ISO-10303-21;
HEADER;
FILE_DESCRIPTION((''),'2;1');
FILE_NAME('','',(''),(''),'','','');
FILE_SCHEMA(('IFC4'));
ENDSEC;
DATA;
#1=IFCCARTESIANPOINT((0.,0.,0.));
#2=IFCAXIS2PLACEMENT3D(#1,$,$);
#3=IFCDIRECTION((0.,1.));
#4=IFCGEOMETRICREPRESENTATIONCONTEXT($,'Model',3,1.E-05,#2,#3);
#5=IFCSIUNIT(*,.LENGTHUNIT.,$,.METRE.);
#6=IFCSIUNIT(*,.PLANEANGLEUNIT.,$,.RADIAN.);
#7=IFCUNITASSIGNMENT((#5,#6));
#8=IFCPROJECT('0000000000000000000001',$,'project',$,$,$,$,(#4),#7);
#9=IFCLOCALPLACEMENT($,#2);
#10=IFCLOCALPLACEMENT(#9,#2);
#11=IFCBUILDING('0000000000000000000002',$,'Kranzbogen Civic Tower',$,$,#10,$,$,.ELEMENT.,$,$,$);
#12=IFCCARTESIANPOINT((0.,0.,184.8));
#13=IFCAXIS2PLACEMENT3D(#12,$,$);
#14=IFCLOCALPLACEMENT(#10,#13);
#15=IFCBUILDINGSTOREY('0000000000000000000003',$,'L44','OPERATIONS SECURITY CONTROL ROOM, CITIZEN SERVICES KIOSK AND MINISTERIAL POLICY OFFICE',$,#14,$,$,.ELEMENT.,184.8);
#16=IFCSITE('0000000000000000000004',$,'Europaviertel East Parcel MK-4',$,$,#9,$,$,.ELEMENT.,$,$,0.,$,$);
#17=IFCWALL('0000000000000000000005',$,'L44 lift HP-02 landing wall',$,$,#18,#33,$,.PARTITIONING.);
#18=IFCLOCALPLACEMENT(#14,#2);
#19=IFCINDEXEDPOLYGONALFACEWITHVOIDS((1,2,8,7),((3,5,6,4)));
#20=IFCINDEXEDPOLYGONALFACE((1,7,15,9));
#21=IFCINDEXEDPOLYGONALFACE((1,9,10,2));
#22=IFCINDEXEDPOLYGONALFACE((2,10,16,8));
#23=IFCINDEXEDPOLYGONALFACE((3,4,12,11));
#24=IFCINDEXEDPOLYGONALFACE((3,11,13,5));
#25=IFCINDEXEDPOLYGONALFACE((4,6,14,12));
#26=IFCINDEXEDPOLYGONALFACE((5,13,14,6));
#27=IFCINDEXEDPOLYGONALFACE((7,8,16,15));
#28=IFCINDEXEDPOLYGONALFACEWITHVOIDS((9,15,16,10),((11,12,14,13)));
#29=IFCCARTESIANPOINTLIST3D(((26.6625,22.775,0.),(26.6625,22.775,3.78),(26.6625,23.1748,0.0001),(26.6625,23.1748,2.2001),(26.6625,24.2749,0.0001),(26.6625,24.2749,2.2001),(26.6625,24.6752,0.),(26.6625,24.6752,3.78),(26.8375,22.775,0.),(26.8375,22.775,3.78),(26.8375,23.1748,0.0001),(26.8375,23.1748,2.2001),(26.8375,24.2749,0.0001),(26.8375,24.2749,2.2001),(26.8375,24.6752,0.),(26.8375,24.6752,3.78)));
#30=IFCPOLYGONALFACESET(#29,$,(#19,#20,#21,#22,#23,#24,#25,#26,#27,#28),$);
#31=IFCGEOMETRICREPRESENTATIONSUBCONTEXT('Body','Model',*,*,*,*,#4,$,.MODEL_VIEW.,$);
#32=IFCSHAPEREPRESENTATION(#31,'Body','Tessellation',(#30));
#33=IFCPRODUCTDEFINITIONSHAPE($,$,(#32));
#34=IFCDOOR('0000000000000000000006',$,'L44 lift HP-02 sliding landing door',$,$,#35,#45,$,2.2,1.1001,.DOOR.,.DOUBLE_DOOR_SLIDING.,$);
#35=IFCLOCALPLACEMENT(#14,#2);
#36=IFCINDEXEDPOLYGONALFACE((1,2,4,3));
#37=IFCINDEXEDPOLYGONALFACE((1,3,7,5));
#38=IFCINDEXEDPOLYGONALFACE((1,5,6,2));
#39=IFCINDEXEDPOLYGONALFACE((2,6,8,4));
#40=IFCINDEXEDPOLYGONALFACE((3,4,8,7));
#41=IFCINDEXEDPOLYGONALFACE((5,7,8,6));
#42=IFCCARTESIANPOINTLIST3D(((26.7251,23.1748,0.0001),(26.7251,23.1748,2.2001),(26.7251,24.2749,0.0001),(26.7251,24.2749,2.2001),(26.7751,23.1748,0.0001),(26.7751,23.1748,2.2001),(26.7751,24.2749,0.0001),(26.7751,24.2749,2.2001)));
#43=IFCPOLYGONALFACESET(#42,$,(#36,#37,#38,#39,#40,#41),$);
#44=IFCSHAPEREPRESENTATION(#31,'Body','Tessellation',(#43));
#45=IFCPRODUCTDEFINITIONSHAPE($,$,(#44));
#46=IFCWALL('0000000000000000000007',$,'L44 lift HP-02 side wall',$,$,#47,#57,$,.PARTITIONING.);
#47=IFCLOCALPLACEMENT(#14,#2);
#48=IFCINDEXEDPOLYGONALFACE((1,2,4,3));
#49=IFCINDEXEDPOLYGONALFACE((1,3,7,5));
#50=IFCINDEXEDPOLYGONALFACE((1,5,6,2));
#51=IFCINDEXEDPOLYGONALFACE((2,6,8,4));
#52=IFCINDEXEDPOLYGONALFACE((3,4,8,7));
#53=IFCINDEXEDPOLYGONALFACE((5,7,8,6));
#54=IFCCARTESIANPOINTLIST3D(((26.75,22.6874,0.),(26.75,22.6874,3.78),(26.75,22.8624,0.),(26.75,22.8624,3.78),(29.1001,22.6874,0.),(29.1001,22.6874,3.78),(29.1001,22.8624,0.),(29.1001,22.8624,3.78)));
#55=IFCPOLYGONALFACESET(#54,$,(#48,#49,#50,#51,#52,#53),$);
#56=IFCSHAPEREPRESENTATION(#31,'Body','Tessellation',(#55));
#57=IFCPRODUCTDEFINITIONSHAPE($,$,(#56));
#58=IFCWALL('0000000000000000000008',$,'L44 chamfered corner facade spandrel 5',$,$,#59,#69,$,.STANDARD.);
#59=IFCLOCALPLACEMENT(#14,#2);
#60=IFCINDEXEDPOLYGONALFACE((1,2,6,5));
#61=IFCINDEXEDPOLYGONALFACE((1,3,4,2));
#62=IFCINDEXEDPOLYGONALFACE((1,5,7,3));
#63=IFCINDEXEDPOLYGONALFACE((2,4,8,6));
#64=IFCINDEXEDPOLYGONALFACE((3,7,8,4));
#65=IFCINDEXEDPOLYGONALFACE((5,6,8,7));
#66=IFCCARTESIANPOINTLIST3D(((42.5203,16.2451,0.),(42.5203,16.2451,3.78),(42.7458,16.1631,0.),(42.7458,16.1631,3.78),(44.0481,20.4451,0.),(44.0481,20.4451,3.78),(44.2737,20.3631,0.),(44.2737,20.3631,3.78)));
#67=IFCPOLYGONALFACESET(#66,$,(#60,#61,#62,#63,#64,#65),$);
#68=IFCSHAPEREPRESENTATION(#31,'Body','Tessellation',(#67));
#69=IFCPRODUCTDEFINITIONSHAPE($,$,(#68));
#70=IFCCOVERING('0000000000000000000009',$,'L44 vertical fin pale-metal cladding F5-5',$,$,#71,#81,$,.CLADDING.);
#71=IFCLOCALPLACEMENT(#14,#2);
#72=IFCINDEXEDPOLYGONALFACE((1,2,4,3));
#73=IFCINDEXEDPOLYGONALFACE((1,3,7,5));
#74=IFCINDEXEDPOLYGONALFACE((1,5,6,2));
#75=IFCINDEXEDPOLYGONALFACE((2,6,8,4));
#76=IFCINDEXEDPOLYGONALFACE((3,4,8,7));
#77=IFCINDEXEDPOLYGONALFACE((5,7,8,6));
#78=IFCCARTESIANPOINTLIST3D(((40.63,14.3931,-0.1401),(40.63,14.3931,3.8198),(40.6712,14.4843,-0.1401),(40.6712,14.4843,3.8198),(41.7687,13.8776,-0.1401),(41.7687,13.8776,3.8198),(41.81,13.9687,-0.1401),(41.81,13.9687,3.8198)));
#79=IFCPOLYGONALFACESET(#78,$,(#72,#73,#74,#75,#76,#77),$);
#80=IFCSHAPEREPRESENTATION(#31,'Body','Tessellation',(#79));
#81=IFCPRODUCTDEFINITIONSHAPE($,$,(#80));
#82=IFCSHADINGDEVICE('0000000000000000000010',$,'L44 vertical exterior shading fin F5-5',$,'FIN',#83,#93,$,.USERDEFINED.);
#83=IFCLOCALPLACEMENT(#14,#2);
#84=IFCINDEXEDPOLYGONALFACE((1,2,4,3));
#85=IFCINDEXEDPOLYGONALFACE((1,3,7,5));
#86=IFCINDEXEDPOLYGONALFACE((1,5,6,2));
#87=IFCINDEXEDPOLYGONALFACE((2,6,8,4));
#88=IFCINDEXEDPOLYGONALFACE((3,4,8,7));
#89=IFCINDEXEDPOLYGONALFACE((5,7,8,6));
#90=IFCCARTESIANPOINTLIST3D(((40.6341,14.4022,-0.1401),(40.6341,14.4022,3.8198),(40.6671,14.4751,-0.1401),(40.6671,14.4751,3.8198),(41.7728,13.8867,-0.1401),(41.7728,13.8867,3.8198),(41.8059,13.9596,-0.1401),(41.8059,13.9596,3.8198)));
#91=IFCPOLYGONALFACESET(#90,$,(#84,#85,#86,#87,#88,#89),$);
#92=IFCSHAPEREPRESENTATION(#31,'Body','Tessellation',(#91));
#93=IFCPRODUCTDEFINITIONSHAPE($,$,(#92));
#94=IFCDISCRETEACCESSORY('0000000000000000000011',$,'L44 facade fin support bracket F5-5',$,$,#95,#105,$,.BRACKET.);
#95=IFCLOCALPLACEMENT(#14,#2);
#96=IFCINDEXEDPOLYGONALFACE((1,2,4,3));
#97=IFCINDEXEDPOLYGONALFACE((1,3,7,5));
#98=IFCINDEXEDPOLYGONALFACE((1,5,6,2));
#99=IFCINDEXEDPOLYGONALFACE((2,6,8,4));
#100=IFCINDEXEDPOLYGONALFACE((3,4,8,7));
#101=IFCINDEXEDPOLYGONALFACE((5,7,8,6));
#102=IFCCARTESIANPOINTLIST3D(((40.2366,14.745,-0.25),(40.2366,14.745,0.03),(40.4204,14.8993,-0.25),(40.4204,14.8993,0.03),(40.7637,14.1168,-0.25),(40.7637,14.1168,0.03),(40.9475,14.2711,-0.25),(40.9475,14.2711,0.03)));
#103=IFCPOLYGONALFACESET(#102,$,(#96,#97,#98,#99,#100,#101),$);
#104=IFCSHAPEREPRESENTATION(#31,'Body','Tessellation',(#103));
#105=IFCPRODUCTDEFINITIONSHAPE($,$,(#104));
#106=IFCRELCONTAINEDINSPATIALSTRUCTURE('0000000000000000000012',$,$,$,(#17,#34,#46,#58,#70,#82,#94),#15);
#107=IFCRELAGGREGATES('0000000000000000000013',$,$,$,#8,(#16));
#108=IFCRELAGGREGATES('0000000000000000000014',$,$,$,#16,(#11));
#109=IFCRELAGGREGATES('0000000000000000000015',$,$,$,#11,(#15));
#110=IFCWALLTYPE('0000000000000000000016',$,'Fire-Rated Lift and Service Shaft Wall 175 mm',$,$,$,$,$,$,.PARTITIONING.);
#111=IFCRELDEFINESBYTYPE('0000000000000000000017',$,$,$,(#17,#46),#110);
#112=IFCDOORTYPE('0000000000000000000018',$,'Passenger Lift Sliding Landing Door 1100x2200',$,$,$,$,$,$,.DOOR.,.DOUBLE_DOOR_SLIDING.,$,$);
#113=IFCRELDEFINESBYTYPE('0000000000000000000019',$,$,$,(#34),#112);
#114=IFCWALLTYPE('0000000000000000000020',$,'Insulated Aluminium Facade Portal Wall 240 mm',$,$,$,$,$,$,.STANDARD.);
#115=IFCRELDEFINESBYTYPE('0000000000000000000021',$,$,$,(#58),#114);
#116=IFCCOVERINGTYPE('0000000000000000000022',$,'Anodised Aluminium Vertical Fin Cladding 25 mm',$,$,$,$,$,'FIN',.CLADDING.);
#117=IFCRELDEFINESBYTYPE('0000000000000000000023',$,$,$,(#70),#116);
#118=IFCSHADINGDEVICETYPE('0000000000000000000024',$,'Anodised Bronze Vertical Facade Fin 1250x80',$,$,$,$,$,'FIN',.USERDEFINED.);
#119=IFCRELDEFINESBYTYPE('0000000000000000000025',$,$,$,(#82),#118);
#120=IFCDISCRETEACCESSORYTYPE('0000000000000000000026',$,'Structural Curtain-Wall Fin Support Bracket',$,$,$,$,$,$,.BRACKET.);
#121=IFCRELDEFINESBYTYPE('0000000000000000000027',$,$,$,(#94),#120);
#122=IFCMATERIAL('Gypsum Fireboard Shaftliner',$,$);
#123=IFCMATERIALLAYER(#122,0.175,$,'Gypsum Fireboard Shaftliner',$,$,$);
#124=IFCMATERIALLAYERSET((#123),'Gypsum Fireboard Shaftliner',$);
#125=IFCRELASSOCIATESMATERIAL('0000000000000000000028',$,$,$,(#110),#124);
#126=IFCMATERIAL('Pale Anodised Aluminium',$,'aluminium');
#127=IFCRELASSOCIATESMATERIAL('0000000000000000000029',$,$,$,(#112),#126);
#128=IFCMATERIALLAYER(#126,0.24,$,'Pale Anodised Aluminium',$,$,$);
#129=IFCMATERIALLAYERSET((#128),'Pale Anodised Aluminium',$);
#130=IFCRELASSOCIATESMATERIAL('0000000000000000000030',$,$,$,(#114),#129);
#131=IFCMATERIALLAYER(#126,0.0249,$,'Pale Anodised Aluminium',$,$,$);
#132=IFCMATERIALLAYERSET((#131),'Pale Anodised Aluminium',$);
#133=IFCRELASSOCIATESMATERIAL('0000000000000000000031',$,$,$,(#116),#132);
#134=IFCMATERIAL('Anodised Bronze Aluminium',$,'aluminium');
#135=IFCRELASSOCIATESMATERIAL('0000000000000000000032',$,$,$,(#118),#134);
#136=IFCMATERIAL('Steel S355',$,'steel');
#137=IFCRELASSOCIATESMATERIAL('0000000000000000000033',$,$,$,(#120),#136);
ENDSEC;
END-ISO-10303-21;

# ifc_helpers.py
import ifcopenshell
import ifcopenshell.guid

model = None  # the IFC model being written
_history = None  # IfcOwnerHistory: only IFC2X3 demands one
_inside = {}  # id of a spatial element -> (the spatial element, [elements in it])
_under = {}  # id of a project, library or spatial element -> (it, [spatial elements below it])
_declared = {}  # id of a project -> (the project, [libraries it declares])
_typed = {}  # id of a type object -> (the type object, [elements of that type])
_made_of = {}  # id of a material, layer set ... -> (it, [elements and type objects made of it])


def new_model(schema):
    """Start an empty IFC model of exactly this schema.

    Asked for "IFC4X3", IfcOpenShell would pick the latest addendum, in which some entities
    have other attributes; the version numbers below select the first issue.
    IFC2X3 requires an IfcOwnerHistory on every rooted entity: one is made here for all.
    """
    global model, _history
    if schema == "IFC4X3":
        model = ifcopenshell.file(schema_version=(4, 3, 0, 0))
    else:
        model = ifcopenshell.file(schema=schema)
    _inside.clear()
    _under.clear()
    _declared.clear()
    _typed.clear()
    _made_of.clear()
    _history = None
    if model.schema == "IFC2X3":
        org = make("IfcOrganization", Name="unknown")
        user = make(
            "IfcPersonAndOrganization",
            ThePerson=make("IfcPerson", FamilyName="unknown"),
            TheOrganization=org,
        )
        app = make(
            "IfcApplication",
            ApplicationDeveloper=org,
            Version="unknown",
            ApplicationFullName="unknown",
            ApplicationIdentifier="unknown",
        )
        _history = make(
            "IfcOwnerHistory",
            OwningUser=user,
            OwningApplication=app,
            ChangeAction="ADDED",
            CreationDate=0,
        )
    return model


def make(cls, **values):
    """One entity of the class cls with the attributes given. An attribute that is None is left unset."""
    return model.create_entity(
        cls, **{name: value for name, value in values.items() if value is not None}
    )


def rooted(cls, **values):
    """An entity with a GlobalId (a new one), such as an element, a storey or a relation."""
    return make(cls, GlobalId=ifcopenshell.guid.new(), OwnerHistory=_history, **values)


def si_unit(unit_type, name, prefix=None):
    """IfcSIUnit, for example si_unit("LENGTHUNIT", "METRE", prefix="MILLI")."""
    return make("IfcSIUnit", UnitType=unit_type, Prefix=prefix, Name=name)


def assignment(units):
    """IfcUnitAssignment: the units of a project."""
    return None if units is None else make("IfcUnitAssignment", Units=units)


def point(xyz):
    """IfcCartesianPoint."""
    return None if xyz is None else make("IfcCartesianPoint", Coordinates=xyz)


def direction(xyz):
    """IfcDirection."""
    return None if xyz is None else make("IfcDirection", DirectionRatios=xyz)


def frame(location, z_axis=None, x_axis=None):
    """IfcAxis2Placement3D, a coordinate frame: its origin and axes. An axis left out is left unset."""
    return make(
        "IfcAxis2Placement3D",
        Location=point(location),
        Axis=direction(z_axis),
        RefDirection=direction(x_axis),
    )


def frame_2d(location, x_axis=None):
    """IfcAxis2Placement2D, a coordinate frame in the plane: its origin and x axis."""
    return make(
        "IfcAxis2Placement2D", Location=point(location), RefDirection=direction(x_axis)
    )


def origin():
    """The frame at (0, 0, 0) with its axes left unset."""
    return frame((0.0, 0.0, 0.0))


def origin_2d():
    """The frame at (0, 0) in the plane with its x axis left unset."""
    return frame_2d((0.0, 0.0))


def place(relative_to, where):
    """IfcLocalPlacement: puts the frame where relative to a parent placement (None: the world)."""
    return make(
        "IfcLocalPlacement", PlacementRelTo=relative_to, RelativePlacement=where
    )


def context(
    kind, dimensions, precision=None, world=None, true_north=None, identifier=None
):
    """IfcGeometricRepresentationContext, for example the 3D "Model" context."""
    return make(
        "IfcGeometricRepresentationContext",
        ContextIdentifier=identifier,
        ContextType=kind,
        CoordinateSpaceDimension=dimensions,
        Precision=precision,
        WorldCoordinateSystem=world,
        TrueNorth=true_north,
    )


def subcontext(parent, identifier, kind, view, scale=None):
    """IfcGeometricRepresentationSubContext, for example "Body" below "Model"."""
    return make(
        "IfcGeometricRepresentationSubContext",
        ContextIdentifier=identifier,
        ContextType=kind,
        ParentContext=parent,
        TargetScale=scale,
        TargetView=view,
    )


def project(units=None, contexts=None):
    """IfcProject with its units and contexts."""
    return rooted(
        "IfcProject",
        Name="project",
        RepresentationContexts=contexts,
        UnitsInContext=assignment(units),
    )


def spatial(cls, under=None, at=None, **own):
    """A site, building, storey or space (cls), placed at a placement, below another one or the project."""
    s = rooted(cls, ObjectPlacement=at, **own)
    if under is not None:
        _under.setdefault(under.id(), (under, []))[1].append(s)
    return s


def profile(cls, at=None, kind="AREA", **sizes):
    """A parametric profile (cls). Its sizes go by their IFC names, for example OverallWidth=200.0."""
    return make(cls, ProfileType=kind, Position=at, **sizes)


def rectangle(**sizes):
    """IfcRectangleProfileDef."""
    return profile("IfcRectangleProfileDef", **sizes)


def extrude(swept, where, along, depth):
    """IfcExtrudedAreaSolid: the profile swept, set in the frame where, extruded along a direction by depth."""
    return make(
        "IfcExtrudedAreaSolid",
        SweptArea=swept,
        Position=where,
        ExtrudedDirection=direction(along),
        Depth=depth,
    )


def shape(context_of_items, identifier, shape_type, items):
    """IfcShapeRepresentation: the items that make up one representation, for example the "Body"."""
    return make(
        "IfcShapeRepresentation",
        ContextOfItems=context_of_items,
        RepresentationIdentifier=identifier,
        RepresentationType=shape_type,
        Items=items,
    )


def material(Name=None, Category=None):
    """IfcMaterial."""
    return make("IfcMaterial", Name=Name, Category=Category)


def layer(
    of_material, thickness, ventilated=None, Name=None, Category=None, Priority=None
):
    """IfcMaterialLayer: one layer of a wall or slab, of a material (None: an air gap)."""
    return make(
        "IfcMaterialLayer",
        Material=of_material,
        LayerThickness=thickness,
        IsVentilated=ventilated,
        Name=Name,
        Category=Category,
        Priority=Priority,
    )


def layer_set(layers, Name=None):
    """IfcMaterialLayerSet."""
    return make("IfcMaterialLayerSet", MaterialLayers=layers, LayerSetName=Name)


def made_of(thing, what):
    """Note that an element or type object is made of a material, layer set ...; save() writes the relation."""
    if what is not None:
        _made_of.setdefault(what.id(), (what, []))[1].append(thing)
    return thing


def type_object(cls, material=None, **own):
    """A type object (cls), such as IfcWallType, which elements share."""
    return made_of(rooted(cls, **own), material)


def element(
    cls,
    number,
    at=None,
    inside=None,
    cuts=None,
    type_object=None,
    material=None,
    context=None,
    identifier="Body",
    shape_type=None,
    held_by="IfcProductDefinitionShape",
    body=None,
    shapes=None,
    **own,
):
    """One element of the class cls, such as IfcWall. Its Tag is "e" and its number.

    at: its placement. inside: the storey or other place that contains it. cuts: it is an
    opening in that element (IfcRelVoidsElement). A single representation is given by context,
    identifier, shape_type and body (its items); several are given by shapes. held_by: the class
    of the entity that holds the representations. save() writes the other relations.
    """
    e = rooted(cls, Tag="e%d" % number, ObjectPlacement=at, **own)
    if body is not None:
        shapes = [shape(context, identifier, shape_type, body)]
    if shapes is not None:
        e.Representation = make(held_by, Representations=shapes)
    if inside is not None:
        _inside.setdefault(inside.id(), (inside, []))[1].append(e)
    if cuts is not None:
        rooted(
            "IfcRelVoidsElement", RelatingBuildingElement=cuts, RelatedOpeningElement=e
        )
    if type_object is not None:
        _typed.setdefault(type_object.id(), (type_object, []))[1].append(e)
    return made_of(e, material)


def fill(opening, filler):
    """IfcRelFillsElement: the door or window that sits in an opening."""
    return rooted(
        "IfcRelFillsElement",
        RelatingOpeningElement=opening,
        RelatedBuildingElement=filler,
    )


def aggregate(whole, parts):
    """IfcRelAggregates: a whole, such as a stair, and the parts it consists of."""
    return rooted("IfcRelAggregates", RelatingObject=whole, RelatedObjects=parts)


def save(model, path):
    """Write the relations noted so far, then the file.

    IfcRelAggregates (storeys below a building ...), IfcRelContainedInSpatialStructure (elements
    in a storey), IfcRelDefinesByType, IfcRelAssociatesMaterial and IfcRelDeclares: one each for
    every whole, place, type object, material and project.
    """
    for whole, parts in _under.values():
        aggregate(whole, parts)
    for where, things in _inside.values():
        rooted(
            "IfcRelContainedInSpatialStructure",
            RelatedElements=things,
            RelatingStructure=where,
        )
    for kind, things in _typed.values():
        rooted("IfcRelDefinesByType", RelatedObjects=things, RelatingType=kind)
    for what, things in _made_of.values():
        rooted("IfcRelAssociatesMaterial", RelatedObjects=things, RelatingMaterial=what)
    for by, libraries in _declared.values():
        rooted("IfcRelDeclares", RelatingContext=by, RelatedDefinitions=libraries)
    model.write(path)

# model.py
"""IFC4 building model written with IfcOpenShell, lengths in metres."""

from ifc_helpers import new_model, si_unit, direction, frame, frame_2d, origin, origin_2d, place, context, subcontext, project, spatial, rectangle, extrude, material, layer, layer_set, type_object, element, fill, save


model = new_model("IFC4")

# Units and contexts
model_context = context("Model", 3, precision=1e-05, world=origin(), true_north=direction((0.0, 1.0)))
body_context = subcontext(model_context, "Body", "Model", "MODEL_VIEW")
ifc_project = project(units=[si_unit("LENGTHUNIT", "METRE"), si_unit("PLANEANGLEUNIT", "RADIAN")], contexts=[model_context])

# Site, building, storey
site_placement = place(None, origin())
site = spatial("IfcSite", under=ifc_project, at=site_placement, Name="Europaviertel East Parcel MK-4", CompositionType="ELEMENT", RefElevation=0.0)
building_placement = place(site_placement, origin())
building = spatial("IfcBuilding", under=site, at=building_placement, Name="Kranzbogen Civic Tower", CompositionType="ELEMENT")
storey_placement = place(building_placement, frame((0.0, 0.0, 184.8)))
storey = spatial("IfcBuildingStorey", under=building, at=storey_placement, Name="L44", Description="OPERATIONS SECURITY CONTROL ROOM, CITIZEN SERVICES KIOSK AND MINISTERIAL POLICY OFFICE", CompositionType="ELEMENT", Elevation=184.8)

# Shared definitions
ifc_material_1 = material(Name="Steel S355", Category="steel")

# Shared definitions
ifc_material_2 = material(Name="Pale Anodised Aluminium", Category="aluminium")

# Shared definitions
ifc_material_3 = material(Name="Gypsum Fireboard Shaftliner")
ifc_layer_1 = layer(ifc_material_3, 0.175, Name="Gypsum Fireboard Shaftliner")
ifc_layer_set_1 = layer_set([ifc_layer_1], Name="Gypsum Fireboard Shaftliner")
wall_type_1 = type_object("IfcWallType", Name="Fire-Rated Lift and Service Shaft Wall 175 mm", PredefinedType="PARTITIONING", material=ifc_layer_set_1)

# Wall, opening, door
wall_1_placement = place(storey_placement, frame((26.75, 22.7749, 0.0), z_axis=(0.0, 0.0, 1.0), x_axis=(0.0, 1.0, 0.0)))
wall_1 = element("IfcWall", 1, at=wall_1_placement, inside=storey, type_object=wall_type_1, Name="L44 lift HP-02 landing wall", PredefinedType="PARTITIONING", context=body_context, shape_type="SweptSolid", body=[
    extrude(rectangle(XDim=1.9001, YDim=0.175, at=frame_2d((0.9502, 0.0))), origin(), (0.0, 0.0, 1.0), 3.78),
])
opening_1_placement = place(wall_1_placement, frame((0.3999, 0.0, 0.0)))
opening_1 = element("IfcOpeningElement", 2, at=opening_1_placement, cuts=wall_1, PredefinedType="OPENING", context=body_context, shape_type="SweptSolid", body=[
    extrude(rectangle(XDim=1.1001, YDim=2.2, at=frame_2d((0.55, 1.1001))), frame((0.0, 0.0977, 0.0), z_axis=(0.0, -1.0, 0.0), x_axis=(1.0, 0.0, 0.0)), (0.0, 0.0, 1.0), 0.1951),
])
door_type_1 = type_object("IfcDoorType", Name="Passenger Lift Sliding Landing Door 1100x2200", OperationType="DOUBLE_DOOR_SLIDING", PredefinedType="DOOR", material=ifc_material_2)
door_1_placement = place(opening_1_placement, origin())
door_1 = element("IfcDoor", 3, at=door_1_placement, inside=storey, type_object=door_type_1, Name="L44 lift HP-02 sliding landing door", OperationType="DOUBLE_DOOR_SLIDING", OverallHeight=2.2, OverallWidth=1.1001, PredefinedType="DOOR", context=body_context, shape_type="SweptSolid", body=[
    extrude(rectangle(XDim=1.1001, YDim=2.2, at=frame_2d((0.55, 1.1001))), frame((0.0, 0.0249, 0.0), z_axis=(0.0, -1.0, 0.0), x_axis=(1.0, 0.0, 0.0)), (0.0, 0.0, 1.0), 0.05),
])
fill(opening_1, door_1)

# Walls
wall_2_placement = place(storey_placement, frame((26.75, 22.7749, 0.0), z_axis=(0.0, 0.0, 1.0), x_axis=(1.0, 0.0, 0.0)))
element("IfcWall", 4, at=wall_2_placement, inside=storey, type_object=wall_type_1, Name="L44 lift HP-02 side wall", PredefinedType="PARTITIONING", context=body_context, shape_type="SweptSolid", body=[
    extrude(rectangle(XDim=2.3501, YDim=0.175, at=frame_2d((1.175, 0.0))), origin(), (0.0, 0.0, 1.0), 3.78),
])
ifc_layer_2 = layer(ifc_material_2, 0.24, Name="Pale Anodised Aluminium")
ifc_layer_set_2 = layer_set([ifc_layer_2], Name="Pale Anodised Aluminium")
wall_type_2 = type_object("IfcWallType", Name="Insulated Aluminium Facade Portal Wall 240 mm", PredefinedType="STANDARD", material=ifc_layer_set_2)
wall_3_placement = place(storey_placement, frame((42.6331, 16.2041, 0.0), z_axis=(0.0, 0.0, 1.0), x_axis=(0.341857, 0.939752, 0.0)))
element("IfcWall", 5, at=wall_3_placement, inside=storey, type_object=wall_type_2, Name="L44 chamfered corner facade spandrel 5", PredefinedType="STANDARD", context=body_context, shape_type="SweptSolid", body=[
    extrude(rectangle(XDim=4.4692, YDim=0.24, at=frame_2d((2.2346, 0.0))), origin(), (0.0, 0.0, 1.0), 3.78),
])

# Covering
ifc_layer_3 = layer(ifc_material_2, 0.0249, Name="Pale Anodised Aluminium")
ifc_layer_set_3 = layer_set([ifc_layer_3], Name="Pale Anodised Aluminium")
covering_type = type_object("IfcCoveringType", Name="Anodised Aluminium Vertical Fin Cladding 25 mm", ElementType="FIN", PredefinedType="CLADDING", material=ifc_layer_set_3)
covering_placement = place(storey_placement, frame((41.22, 14.1809, -0.1401), z_axis=(0.0, 0.0, 1.0), x_axis=(0.911001, -0.412405, 0.0)))
element("IfcCovering", 6, at=covering_placement, inside=storey, type_object=covering_type, Name="L44 vertical fin pale-metal cladding F5-5", PredefinedType="CLADDING", context=body_context, shape_type="SweptSolid", body=[
    extrude(rectangle(XDim=1.25, YDim=0.1001, at=origin_2d()), origin(), (0.0, 0.0, 1.0), 3.96),
])

# Shading device
ifc_material_4 = material(Name="Anodised Bronze Aluminium", Category="aluminium")
shading_device_type = type_object("IfcShadingDeviceType", Name="Anodised Bronze Vertical Facade Fin 1250x80", ElementType="FIN", PredefinedType="USERDEFINED", material=ifc_material_4)
shading_device_placement = place(storey_placement, frame((41.22, 14.1809, -0.1401), z_axis=(0.0, 0.0, 1.0), x_axis=(0.911001, -0.412405, 0.0)))
element("IfcShadingDevice", 7, at=shading_device_placement, inside=storey, type_object=shading_device_type, Name="L44 vertical exterior shading fin F5-5", ObjectType="FIN", PredefinedType="USERDEFINED", context=body_context, shape_type="SweptSolid", body=[
    extrude(rectangle(XDim=1.25, YDim=0.0801, at=origin_2d()), origin(), (0.0, 0.0, 1.0), 3.96),
])

# Discrete accessory
discrete_accessory_type = type_object("IfcDiscreteAccessoryType", Name="Structural Curtain-Wall Fin Support Bracket", PredefinedType="BRACKET", material=ifc_material_1)
discrete_accessory_placement = place(storey_placement, frame((40.592, 14.5081, -0.25), z_axis=(0.0, 0.0, 1.0), x_axis=(0.642788, -0.766044, 0.0)))
element("IfcDiscreteAccessory", 8, at=discrete_accessory_placement, inside=storey, type_object=discrete_accessory_type, Name="L44 facade fin support bracket F5-5", PredefinedType="BRACKET", context=body_context, shape_type="SweptSolid", body=[
    extrude(rectangle(XDim=0.8201, YDim=0.24, at=origin_2d()), origin(), (0.0, 0.0, 1.0), 0.28),
])

save(model, "model.ifc")
